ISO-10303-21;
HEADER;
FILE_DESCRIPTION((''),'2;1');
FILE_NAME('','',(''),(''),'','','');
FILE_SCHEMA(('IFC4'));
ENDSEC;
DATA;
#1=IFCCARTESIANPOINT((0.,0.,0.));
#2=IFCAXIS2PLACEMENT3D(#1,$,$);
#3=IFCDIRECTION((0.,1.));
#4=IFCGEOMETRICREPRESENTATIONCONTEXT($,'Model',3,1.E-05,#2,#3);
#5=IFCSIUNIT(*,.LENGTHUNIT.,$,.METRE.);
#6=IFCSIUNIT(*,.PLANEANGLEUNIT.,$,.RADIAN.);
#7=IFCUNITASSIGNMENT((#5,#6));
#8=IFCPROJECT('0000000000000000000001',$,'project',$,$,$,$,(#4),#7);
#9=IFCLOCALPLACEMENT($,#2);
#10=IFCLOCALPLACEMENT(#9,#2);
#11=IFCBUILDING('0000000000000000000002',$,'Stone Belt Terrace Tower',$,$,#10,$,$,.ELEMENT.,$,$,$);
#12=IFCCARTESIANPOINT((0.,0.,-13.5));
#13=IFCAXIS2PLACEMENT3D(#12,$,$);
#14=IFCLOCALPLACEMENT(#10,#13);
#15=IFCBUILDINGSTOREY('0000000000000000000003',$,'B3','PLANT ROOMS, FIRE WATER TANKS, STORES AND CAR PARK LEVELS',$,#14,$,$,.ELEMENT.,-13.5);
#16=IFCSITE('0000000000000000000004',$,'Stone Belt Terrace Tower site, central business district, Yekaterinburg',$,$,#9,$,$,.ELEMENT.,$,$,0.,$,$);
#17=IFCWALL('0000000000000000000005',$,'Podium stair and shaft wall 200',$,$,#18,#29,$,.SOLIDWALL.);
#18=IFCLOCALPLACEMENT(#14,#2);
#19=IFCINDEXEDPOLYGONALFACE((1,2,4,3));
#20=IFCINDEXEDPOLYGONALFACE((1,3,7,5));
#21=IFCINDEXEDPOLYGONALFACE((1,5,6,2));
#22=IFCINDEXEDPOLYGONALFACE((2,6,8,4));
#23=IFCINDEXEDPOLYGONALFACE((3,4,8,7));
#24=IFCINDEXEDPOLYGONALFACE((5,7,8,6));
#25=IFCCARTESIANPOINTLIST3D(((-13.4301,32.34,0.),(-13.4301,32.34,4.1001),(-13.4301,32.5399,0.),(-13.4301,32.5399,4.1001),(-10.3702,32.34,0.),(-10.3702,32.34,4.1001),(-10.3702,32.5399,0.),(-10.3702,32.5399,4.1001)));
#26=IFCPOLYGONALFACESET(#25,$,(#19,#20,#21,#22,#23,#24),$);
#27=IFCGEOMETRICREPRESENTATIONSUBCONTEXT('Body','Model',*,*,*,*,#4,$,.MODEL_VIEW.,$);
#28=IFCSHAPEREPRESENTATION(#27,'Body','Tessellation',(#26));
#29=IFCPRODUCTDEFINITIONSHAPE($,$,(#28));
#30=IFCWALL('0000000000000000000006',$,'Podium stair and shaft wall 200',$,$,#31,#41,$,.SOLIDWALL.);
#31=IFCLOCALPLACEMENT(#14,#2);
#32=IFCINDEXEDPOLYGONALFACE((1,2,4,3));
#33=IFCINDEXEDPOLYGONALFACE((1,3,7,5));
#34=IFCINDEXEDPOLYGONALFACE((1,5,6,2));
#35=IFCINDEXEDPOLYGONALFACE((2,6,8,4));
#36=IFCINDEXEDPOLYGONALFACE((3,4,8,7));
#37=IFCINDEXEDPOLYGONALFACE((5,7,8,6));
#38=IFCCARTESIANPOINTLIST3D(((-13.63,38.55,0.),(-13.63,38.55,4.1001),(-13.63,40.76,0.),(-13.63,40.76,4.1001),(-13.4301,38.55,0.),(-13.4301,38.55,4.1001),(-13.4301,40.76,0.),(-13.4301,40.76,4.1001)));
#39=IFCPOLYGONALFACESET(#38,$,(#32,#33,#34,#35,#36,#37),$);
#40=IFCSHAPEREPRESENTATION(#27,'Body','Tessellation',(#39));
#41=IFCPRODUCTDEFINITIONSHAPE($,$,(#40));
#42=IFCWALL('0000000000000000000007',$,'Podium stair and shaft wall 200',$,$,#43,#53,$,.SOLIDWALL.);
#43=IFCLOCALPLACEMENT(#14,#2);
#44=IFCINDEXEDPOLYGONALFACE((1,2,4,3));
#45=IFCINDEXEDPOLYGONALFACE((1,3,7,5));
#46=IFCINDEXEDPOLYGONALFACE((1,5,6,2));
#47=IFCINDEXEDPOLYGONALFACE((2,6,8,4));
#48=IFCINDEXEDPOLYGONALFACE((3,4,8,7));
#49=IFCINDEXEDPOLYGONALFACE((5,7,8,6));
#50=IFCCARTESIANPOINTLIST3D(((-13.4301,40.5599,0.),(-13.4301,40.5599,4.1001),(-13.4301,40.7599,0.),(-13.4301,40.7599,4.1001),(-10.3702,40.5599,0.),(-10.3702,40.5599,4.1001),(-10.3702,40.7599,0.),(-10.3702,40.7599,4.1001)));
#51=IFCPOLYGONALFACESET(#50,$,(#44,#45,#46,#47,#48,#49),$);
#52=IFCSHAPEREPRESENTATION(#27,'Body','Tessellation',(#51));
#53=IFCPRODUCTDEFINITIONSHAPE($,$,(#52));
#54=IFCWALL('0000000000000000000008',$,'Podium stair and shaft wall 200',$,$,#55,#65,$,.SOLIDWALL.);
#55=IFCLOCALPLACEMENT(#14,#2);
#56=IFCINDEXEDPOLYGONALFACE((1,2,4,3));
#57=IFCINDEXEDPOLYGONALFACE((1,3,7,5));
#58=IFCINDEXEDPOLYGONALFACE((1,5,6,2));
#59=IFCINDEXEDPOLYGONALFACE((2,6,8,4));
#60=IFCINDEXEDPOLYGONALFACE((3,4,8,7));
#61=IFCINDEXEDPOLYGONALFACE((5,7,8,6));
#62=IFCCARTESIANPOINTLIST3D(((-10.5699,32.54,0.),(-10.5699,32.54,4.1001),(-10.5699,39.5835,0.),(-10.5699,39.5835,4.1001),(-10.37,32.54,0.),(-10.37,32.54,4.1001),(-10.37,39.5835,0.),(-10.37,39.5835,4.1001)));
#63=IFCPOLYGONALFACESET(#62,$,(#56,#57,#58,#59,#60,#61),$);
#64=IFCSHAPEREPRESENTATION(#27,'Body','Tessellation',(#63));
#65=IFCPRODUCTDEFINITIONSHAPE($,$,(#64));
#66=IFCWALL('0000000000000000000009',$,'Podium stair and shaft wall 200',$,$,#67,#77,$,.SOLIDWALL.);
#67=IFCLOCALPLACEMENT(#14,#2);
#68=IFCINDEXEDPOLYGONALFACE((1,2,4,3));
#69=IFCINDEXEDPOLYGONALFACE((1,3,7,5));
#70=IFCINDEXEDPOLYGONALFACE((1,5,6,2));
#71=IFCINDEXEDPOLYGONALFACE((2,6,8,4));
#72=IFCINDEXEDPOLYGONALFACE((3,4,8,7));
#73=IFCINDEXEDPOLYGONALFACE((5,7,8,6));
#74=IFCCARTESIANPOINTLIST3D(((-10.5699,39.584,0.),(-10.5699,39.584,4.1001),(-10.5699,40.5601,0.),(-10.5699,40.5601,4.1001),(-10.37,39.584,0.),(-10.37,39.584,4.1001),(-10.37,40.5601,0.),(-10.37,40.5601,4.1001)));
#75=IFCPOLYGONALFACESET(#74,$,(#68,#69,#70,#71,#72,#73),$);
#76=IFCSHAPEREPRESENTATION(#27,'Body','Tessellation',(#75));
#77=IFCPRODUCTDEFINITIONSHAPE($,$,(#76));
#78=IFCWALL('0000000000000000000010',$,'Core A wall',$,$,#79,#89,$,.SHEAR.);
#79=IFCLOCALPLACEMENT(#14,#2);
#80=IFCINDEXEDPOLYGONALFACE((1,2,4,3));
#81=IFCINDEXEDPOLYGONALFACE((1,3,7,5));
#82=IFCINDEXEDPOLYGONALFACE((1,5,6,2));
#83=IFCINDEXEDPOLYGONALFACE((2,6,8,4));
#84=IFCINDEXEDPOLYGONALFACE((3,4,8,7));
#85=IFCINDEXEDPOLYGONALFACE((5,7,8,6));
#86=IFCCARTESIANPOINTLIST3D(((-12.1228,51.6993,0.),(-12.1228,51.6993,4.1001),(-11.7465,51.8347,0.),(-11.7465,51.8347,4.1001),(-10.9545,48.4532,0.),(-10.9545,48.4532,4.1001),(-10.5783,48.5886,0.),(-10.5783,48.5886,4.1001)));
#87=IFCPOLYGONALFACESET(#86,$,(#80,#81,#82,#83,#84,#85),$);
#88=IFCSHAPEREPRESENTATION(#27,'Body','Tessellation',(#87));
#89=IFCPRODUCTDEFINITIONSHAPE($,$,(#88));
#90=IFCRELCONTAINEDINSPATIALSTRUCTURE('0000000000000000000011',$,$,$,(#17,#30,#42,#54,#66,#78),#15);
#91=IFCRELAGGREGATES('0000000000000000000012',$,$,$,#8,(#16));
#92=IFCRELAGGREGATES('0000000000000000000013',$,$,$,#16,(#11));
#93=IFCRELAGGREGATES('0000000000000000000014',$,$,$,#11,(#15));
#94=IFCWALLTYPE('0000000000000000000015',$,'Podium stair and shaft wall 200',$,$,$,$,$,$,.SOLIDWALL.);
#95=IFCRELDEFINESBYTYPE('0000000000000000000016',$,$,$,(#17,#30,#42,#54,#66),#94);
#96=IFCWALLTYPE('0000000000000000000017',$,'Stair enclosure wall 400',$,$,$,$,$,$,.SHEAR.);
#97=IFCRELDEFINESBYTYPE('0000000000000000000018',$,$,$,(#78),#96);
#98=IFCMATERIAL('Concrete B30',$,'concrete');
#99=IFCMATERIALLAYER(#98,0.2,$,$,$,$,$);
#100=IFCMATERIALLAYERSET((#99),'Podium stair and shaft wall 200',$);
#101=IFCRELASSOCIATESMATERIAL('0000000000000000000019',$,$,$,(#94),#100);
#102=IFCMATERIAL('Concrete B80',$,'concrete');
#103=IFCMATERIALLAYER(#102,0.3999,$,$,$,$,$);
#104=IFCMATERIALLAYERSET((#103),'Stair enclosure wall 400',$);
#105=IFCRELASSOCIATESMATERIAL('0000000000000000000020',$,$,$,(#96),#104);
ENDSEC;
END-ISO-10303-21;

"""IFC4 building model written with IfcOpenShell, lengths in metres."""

from ifc_helpers import new_model, si_unit, direction, frame, frame_2d, origin, place, context, subcontext, project, spatial, rectangle, extrude, material, layer, layer_set, type_object, element, save


model = new_model("IFC4")

# Units and contexts
model_context = context("Model", 3, precision=1e-05, world=origin(), true_north=direction((0.0, 1.0)))
body_context = subcontext(model_context, "Body", "Model", "MODEL_VIEW")
ifc_project = project(units=[si_unit("LENGTHUNIT", "METRE"), si_unit("PLANEANGLEUNIT", "RADIAN")], contexts=[model_context])

# Site, building, storey
site_placement = place(None, origin())
site = spatial("IfcSite", under=ifc_project, at=site_placement, Name="Stone Belt Terrace Tower site, central business district, Yekaterinburg", CompositionType="ELEMENT", RefElevation=0.0)
building_placement = place(site_placement, origin())
building = spatial("IfcBuilding", under=site, at=building_placement, Name="Stone Belt Terrace Tower", CompositionType="ELEMENT")
storey_placement = place(building_placement, frame((0.0, 0.0, -13.5)))
storey = spatial("IfcBuildingStorey", under=building, at=storey_placement, Name="B3", Description="PLANT ROOMS, FIRE WATER TANKS, STORES AND CAR PARK LEVELS", CompositionType="ELEMENT", Elevation=-13.5)

# Shared definitions
ifc_material_1 = material(Name="Concrete B80", Category="concrete")

# Shared definitions
ifc_material_2 = material(Name="Concrete B30", Category="concrete")

# Walls
ifc_layer_1 = layer(ifc_material_2, 0.2)
ifc_layer_set_1 = layer_set([ifc_layer_1], Name="Podium stair and shaft wall 200")
wall_type_1 = type_object("IfcWallType", Name="Podium stair and shaft wall 200", PredefinedType="SOLIDWALL", material=ifc_layer_set_1)
wall_1_placement = place(storey_placement, frame((-13.4299, 32.4399, 0.0), z_axis=(0.0, 0.0, 1.0), x_axis=(1.0, 0.0, 0.0)))
element("IfcWall", 1, at=wall_1_placement, inside=storey, type_object=wall_type_1, Name="Podium stair and shaft wall 200", PredefinedType="SOLIDWALL", context=body_context, shape_type="SweptSolid", body=[
    extrude(rectangle(XDim=3.0598, YDim=0.2, at=frame_2d((1.5298, 0.0))), origin(), (0.0, 0.0, 1.0), 4.1001),
])
wall_2_placement = place(storey_placement, frame((-13.53, 38.55, 0.0), z_axis=(0.0, 0.0, 1.0), x_axis=(0.0, 1.0, 0.0)))
element("IfcWall", 2, at=wall_2_placement, inside=storey, type_object=wall_type_1, Name="Podium stair and shaft wall 200", PredefinedType="SOLIDWALL", context=body_context, shape_type="SweptSolid", body=[
    extrude(rectangle(XDim=2.21, YDim=0.2, at=frame_2d((1.105, 0.0))), origin(), (0.0, 0.0, 1.0), 4.1001),
])
wall_3_placement = place(storey_placement, frame((-13.4299, 40.6599, 0.0), z_axis=(0.0, 0.0, 1.0), x_axis=(1.0, 0.0, 0.0)))
element("IfcWall", 3, at=wall_3_placement, inside=storey, type_object=wall_type_1, Name="Podium stair and shaft wall 200", PredefinedType="SOLIDWALL", context=body_context, shape_type="SweptSolid", body=[
    extrude(rectangle(XDim=3.0598, YDim=0.2, at=frame_2d((1.5298, 0.0))), origin(), (0.0, 0.0, 1.0), 4.1001),
])
wall_4_placement = place(storey_placement, frame((-10.47, 32.54, 0.0), z_axis=(0.0, 0.0, 1.0), x_axis=(0.0, 1.0, 0.0)))
element("IfcWall", 4, at=wall_4_placement, inside=storey, type_object=wall_type_1, Name="Podium stair and shaft wall 200", PredefinedType="SOLIDWALL", context=body_context, shape_type="SweptSolid", body=[
    extrude(rectangle(XDim=7.0435, YDim=0.2, at=frame_2d((3.5217, 0.0))), origin(), (0.0, 0.0, 1.0), 4.1001),
])
wall_5_placement = place(storey_placement, frame((-10.47, 39.584, 0.0), z_axis=(0.0, 0.0, 1.0), x_axis=(0.0, 1.0, 0.0)))
element("IfcWall", 5, at=wall_5_placement, inside=storey, type_object=wall_type_1, Name="Podium stair and shaft wall 200", PredefinedType="SOLIDWALL", context=body_context, shape_type="SweptSolid", body=[
    extrude(rectangle(XDim=0.9761, YDim=0.2, at=frame_2d((0.488, 0.0))), origin(), (0.0, 0.0, 1.0), 4.1001),
])
ifc_layer_2 = layer(ifc_material_1, 0.3999)
ifc_layer_set_2 = layer_set([ifc_layer_2], Name="Stair enclosure wall 400")
wall_type_2 = type_object("IfcWallType", Name="Stair enclosure wall 400", PredefinedType="SHEAR", material=ifc_layer_set_2)
wall_6_placement = place(storey_placement, frame((-10.7664, 48.5208, 0.0), z_axis=(0.0, 0.0, 1.0), x_axis=(-0.338622, 0.940923, 0.0)))
element("IfcWall", 6, at=wall_6_placement, inside=storey, type_object=wall_type_2, Name="Core A wall", PredefinedType="SHEAR", context=body_context, shape_type="SweptSolid", body=[
    extrude(rectangle(XDim=3.45, YDim=0.3999, at=frame_2d((1.7251, 0.0))), origin(), (0.0, 0.0, 1.0), 4.1001),
])

save(model, "model.ifc")
